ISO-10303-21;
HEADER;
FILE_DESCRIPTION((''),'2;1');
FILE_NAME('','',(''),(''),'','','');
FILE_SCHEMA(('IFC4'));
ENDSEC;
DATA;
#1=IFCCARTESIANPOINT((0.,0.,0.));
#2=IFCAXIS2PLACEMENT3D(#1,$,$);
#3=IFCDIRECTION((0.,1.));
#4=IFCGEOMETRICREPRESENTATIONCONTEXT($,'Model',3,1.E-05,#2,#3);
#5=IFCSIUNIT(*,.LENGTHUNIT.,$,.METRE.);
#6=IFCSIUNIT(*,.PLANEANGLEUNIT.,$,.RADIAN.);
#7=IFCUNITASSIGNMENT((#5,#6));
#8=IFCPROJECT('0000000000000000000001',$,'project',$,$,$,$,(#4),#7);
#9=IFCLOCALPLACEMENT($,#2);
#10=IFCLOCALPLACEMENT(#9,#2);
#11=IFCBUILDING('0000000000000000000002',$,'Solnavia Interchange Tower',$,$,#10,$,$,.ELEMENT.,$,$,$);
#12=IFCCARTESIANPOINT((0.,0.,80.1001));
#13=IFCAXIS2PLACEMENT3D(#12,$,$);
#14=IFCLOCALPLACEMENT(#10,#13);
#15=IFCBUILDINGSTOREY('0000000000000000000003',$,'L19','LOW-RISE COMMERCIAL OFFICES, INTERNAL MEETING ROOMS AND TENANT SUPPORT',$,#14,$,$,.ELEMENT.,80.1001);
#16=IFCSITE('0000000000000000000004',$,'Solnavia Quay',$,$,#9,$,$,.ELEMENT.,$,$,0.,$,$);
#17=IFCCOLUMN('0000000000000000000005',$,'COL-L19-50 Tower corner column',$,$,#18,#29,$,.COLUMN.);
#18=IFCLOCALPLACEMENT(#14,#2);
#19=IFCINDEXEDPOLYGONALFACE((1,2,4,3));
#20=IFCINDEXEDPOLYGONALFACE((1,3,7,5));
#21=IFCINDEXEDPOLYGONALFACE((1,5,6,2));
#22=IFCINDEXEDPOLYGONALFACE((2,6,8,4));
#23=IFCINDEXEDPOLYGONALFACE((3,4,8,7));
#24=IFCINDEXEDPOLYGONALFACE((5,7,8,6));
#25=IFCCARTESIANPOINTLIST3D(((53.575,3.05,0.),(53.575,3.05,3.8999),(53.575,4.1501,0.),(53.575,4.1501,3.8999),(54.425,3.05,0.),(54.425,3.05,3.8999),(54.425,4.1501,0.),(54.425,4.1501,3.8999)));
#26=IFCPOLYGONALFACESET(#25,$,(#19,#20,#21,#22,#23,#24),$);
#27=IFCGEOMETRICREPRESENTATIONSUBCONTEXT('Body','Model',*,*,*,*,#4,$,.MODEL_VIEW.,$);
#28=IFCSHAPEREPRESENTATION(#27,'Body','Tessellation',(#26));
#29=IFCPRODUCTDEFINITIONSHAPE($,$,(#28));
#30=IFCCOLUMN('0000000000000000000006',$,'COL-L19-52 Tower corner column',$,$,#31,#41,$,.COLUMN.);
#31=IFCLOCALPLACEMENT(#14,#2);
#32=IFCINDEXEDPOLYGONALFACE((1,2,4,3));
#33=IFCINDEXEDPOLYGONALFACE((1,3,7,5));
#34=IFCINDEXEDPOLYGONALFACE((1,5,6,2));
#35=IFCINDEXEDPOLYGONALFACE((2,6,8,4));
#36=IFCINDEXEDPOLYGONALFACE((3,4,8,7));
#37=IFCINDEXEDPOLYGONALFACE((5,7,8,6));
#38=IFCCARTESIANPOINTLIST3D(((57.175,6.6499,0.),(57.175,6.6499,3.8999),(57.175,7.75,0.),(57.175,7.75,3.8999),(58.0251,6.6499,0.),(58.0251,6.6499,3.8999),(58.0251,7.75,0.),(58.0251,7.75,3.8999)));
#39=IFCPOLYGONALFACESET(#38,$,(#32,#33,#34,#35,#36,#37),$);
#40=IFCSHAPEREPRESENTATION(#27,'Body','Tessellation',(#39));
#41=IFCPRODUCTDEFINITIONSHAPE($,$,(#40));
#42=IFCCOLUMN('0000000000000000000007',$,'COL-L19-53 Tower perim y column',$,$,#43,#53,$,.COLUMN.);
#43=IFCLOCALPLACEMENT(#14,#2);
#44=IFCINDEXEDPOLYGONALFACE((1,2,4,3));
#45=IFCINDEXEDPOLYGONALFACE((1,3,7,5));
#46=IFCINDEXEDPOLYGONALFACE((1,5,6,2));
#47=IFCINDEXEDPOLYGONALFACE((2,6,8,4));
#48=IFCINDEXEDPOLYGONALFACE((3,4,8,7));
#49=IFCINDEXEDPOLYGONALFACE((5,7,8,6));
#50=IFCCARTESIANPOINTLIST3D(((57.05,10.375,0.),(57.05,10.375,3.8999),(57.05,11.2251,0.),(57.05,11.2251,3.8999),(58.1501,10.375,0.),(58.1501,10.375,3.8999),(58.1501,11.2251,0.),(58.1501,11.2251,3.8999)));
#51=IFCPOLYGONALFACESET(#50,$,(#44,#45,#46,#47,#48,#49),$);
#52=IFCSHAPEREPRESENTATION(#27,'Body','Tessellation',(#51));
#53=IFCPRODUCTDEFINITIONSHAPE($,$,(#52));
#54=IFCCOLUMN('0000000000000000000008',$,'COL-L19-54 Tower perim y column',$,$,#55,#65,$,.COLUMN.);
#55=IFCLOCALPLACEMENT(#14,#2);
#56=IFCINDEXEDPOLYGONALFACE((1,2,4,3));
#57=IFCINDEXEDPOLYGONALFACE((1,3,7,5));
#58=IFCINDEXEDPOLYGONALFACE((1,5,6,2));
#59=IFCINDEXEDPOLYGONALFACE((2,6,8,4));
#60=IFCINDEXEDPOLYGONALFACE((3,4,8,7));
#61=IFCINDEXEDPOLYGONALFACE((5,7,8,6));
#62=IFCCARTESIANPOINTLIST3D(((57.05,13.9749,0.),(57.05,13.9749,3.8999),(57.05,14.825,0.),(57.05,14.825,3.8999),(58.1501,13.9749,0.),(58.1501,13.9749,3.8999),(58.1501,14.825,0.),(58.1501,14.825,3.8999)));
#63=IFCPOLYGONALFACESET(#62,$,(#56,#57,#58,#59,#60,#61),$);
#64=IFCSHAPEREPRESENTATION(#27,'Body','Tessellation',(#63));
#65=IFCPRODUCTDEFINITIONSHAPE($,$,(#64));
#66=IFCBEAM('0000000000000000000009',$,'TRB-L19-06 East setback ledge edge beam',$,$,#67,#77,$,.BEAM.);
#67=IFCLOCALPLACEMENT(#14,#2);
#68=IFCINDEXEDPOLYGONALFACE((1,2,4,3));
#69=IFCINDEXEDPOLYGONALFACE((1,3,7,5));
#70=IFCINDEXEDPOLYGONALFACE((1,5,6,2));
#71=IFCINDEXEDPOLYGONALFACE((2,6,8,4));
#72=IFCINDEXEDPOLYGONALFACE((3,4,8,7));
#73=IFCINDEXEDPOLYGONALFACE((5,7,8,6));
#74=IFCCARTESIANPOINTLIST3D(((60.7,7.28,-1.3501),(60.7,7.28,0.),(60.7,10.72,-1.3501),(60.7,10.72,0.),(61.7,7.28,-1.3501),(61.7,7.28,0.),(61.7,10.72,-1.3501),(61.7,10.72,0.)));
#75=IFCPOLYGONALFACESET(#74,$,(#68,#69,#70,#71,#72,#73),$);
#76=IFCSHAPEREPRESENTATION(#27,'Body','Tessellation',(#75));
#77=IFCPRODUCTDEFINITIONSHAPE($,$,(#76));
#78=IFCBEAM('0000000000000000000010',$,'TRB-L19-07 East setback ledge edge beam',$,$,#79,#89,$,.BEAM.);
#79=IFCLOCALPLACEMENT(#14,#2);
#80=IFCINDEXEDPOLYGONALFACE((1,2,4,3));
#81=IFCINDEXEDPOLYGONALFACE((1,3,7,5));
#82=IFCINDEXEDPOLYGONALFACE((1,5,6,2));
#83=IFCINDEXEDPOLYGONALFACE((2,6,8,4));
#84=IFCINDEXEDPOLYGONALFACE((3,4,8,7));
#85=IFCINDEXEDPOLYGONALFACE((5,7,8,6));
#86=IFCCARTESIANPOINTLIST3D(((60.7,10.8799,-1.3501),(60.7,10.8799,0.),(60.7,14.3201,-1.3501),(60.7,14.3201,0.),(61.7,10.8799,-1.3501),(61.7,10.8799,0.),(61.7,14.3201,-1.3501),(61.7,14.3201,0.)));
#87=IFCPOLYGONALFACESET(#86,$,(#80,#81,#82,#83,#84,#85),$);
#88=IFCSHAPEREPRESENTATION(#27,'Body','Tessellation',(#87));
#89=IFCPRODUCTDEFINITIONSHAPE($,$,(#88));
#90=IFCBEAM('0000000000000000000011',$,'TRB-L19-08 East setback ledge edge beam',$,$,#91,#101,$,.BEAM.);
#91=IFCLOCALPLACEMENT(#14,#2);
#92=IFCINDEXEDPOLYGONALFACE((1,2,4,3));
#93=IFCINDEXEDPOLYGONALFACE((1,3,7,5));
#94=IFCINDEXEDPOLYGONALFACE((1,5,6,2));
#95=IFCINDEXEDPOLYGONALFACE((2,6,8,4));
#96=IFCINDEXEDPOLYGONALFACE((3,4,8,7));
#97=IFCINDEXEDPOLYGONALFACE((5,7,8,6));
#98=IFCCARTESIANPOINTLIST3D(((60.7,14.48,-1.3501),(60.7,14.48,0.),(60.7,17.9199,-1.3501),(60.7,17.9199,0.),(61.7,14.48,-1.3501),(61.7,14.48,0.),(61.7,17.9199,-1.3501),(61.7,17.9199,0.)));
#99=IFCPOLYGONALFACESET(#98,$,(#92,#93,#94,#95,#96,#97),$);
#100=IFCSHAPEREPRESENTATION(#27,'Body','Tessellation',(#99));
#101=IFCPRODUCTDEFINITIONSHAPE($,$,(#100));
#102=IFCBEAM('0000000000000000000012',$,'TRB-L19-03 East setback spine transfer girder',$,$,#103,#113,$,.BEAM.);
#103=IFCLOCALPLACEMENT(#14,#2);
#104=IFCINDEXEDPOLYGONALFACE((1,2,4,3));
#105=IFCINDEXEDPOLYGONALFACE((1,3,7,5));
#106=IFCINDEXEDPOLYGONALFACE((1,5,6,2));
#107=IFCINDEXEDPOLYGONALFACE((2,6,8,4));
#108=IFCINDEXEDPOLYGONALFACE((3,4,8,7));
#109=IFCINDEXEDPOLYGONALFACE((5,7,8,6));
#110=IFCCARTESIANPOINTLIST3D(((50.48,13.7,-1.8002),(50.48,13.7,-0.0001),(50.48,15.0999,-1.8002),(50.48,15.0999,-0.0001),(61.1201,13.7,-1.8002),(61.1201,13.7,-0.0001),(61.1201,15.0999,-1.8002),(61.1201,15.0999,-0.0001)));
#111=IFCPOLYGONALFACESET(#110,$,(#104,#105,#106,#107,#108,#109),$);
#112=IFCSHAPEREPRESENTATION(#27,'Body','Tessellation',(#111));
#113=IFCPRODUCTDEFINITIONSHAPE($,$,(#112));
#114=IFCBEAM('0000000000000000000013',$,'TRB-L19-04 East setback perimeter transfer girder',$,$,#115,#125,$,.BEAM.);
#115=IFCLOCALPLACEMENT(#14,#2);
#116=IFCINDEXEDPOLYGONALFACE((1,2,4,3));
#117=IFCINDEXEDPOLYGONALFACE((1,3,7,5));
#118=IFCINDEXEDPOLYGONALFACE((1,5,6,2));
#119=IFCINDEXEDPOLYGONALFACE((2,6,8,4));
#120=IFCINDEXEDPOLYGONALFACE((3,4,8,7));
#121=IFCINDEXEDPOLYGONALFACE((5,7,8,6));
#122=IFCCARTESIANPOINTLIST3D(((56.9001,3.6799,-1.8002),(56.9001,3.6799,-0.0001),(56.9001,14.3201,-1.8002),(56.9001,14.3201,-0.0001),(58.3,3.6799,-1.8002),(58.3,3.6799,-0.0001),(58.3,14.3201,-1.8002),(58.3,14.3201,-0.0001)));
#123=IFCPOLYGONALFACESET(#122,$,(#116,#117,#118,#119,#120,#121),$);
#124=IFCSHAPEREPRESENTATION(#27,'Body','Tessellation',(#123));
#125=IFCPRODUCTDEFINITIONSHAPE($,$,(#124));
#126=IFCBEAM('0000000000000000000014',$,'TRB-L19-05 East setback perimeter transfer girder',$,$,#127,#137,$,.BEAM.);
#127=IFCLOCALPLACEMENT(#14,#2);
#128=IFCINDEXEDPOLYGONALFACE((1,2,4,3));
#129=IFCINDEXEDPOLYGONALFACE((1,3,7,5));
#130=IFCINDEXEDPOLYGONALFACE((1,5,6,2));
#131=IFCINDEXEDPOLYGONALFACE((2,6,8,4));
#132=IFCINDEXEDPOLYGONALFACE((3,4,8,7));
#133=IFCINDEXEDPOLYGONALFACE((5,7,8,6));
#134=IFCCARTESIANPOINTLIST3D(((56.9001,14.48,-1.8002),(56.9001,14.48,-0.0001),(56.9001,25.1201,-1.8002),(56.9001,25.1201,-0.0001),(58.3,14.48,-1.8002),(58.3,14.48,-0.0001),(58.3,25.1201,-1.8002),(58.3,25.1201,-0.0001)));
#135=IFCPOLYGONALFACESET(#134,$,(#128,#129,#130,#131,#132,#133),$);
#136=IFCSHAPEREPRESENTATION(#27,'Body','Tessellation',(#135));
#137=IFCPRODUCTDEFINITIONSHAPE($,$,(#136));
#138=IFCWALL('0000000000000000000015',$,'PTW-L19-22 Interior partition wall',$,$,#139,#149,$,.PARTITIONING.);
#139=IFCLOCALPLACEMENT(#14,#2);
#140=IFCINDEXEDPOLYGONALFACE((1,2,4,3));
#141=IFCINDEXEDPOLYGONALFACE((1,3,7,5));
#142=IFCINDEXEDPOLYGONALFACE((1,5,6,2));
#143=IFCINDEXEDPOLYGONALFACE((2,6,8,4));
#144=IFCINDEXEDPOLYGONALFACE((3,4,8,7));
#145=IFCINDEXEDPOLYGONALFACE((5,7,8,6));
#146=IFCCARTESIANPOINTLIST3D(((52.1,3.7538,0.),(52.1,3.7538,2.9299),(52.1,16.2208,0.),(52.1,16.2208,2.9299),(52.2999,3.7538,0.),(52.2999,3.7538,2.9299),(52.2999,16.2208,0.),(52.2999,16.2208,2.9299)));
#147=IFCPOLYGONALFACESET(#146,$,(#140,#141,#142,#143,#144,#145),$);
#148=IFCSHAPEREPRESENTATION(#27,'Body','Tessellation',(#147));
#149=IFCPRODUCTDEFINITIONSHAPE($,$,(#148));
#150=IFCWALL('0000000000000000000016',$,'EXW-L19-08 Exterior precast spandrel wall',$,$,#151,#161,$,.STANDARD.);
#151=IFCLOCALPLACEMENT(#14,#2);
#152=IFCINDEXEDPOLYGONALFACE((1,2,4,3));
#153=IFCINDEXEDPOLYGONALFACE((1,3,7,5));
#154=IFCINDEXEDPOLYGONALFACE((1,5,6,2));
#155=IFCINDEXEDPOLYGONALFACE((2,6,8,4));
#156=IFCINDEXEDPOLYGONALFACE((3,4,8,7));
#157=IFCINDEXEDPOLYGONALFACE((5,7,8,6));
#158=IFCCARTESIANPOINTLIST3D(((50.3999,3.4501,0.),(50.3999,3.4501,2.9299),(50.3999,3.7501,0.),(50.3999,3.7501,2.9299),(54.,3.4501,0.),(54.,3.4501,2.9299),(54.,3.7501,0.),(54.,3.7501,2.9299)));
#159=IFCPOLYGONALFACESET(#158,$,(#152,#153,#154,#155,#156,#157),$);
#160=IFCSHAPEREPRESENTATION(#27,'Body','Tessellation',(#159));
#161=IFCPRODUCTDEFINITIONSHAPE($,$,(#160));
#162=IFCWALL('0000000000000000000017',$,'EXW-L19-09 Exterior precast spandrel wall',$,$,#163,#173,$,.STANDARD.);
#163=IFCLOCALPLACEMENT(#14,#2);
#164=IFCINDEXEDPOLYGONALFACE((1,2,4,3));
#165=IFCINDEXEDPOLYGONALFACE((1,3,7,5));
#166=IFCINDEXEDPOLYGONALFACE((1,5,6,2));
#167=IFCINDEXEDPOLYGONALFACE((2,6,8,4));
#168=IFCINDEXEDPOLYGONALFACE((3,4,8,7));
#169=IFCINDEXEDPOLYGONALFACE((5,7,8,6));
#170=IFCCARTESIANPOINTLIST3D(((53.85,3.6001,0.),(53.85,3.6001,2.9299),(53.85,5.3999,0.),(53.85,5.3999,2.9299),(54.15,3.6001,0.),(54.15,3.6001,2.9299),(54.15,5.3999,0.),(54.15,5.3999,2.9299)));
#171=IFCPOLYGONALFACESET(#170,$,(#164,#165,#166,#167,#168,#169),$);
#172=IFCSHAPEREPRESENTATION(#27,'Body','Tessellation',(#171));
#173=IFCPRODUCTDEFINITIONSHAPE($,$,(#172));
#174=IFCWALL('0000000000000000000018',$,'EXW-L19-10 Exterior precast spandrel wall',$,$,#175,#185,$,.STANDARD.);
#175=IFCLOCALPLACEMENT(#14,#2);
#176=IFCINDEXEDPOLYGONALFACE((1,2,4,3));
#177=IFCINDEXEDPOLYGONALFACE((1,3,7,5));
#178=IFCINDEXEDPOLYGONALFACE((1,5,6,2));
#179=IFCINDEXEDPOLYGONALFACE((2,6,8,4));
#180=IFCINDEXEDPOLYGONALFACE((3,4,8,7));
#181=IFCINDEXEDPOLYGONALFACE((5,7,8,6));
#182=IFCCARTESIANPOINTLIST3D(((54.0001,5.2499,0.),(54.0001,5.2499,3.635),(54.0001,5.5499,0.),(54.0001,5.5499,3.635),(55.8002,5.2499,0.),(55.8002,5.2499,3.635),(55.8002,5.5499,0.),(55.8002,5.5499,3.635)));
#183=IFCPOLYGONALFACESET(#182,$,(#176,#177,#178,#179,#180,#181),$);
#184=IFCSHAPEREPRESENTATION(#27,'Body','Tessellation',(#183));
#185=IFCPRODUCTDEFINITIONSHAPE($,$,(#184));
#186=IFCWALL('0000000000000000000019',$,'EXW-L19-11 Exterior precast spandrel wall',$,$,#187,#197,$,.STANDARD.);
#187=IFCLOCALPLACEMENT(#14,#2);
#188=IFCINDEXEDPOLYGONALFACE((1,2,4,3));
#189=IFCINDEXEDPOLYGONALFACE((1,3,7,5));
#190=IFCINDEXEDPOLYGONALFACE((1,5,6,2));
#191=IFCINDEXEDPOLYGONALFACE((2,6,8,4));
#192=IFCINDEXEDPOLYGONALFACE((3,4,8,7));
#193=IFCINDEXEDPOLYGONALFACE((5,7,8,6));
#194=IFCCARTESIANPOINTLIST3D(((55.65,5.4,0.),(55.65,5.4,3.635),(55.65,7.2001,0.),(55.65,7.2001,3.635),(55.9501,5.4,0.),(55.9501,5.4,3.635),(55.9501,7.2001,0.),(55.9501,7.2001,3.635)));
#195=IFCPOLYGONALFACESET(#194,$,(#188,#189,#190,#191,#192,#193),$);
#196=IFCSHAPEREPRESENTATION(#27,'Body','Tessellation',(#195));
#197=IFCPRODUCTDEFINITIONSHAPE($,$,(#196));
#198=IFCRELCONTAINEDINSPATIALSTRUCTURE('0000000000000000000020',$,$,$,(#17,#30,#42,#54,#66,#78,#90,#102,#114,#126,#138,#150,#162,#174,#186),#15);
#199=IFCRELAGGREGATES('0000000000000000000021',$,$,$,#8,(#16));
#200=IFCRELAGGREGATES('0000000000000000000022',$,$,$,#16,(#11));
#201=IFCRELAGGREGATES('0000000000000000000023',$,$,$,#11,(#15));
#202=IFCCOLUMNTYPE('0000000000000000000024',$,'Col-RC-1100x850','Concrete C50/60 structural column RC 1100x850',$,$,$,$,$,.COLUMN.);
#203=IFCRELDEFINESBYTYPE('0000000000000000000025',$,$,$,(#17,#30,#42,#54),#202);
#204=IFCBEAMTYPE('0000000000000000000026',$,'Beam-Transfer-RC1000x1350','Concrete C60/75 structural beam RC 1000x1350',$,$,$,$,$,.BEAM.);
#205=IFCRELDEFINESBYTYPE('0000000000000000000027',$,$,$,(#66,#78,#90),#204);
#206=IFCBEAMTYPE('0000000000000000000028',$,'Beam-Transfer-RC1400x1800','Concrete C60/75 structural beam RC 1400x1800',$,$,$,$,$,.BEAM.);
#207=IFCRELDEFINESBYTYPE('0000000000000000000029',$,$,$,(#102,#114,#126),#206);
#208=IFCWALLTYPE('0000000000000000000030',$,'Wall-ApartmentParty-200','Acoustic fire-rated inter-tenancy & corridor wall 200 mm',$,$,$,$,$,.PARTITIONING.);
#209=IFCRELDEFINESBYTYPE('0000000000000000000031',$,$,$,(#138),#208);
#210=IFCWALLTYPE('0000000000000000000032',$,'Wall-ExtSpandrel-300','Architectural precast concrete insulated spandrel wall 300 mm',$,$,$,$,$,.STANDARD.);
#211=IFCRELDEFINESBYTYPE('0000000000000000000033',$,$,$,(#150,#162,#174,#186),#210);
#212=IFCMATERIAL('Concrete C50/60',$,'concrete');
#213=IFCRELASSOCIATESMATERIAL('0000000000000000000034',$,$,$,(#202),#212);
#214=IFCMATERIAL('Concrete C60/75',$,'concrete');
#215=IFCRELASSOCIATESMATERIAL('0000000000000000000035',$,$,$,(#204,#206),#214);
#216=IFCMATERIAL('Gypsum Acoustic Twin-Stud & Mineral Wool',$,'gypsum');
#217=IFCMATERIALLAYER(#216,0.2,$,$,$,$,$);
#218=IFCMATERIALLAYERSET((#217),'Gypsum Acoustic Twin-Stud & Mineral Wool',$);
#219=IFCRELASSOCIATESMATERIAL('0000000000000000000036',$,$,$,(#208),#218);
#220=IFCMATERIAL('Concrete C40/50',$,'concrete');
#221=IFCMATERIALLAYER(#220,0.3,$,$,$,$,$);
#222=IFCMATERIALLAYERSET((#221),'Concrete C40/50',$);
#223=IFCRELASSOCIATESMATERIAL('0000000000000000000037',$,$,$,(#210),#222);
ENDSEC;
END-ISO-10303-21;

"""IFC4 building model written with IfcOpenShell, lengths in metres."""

from ifc_helpers import new_model, si_unit, direction, frame, frame_2d, origin, origin_2d, place, context, subcontext, project, spatial, rectangle, extrude, material, layer, layer_set, material_profile, profile_set, type_object, element, save


model = new_model("IFC4")

# Units and contexts
model_context = context("Model", 3, precision=1e-05, world=origin(), true_north=direction((0.0, 1.0)))
body_context = subcontext(model_context, "Body", "Model", "MODEL_VIEW")
ifc_project = project(units=[si_unit("LENGTHUNIT", "METRE"), si_unit("PLANEANGLEUNIT", "RADIAN")], contexts=[model_context])

# Site, building, storey
site_placement = place(None, origin())
site = spatial("IfcSite", under=ifc_project, at=site_placement, Name="Solnavia Quay", CompositionType="ELEMENT", RefElevation=0.0)
building_placement = place(site_placement, origin())
building = spatial("IfcBuilding", under=site, at=building_placement, Name="Solnavia Interchange Tower", CompositionType="ELEMENT")
storey_placement = place(building_placement, frame((0.0, 0.0, 80.1001)))
storey = spatial("IfcBuildingStorey", under=building, at=storey_placement, Name="L19", Description="LOW-RISE COMMERCIAL OFFICES, INTERNAL MEETING ROOMS AND TENANT SUPPORT", CompositionType="ELEMENT", Elevation=80.1001)

# Columns
ifc_material_1 = material(Name="Concrete C50/60", Category="concrete")
ifc_material_profile_1 = material_profile(ifc_material_1, rectangle(XDim=0.8501, YDim=1.1001, at=origin_2d()), Name="RC 1100x850")
ifc_profile_set_1 = profile_set([ifc_material_profile_1], Name="Concrete C50/60")
column_type = type_object("IfcColumnType", Name="Col-RC-1100x850", Description="Concrete C50/60 structural column RC 1100x850", PredefinedType="COLUMN", material=ifc_profile_set_1)
for number, where, z_axis, x_axis, name in (
    (1, (54.0, 3.6001, 0.0), (0.0, 0.0, 1.0), (1.0, 0.0, 0.0), "COL-L19-50 Tower corner column"),
    (2, (57.6001, 7.2, 0.0), (0.0, 0.0, 1.0), (1.0, 0.0, 0.0), "COL-L19-52 Tower corner column"),
    (3, (57.6001, 10.8, 0.0), (0.0, 0.0, 1.0), (0.0, 1.0, 0.0), "COL-L19-53 Tower perim y column"),
    (4, (57.6001, 14.3999, 0.0), (0.0, 0.0, 1.0), (0.0, 1.0, 0.0), "COL-L19-54 Tower perim y column"),
):
    element("IfcColumn", number, at=place(storey_placement, frame(where, z_axis=z_axis, x_axis=x_axis)), inside=storey, type_object=column_type, Name=name, PredefinedType="COLUMN", context=body_context, shape_type="SweptSolid", body=[
        extrude(rectangle(XDim=0.8501, YDim=1.1001, at=origin_2d()), origin(), (0.0, 0.0, 1.0), 3.8999),
    ])

# Beams
ifc_material_2 = material(Name="Concrete C60/75", Category="concrete")
ifc_material_profile_2 = material_profile(ifc_material_2, rectangle(XDim=1.0, YDim=1.3501, at=origin_2d()), Name="RC 1000x1350")
ifc_profile_set_2 = profile_set([ifc_material_profile_2], Name="Concrete C60/75")
beam_type_1 = type_object("IfcBeamType", Name="Beam-Transfer-RC1000x1350", Description="Concrete C60/75 structural beam RC 1000x1350", PredefinedType="BEAM", material=ifc_profile_set_2)
beam_1_placement = place(storey_placement, frame((61.2, 7.28, -0.675), z_axis=(0.0, 1.0, 0.0), x_axis=(-1.0, 0.0, 0.0)))
element("IfcBeam", 5, at=beam_1_placement, inside=storey, type_object=beam_type_1, Name="TRB-L19-06 East setback ledge edge beam", PredefinedType="BEAM", context=body_context, shape_type="SweptSolid", body=[
    extrude(rectangle(XDim=1.0, YDim=1.3501, at=origin_2d()), origin(), (0.0, 0.0, 1.0), 3.4399),
])
beam_2_placement = place(storey_placement, frame((61.2, 10.8799, -0.675), z_axis=(0.0, 1.0, 0.0), x_axis=(-1.0, 0.0, 0.0)))
element("IfcBeam", 6, at=beam_2_placement, inside=storey, type_object=beam_type_1, Name="TRB-L19-07 East setback ledge edge beam", PredefinedType="BEAM", context=body_context, shape_type="SweptSolid", body=[
    extrude(rectangle(XDim=1.0, YDim=1.3501, at=origin_2d()), origin(), (0.0, 0.0, 1.0), 3.4402),
])
beam_3_placement = place(storey_placement, frame((61.2, 14.48, -0.675), z_axis=(0.0, 1.0, 0.0), x_axis=(-1.0, 0.0, 0.0)))
element("IfcBeam", 7, at=beam_3_placement, inside=storey, type_object=beam_type_1, Name="TRB-L19-08 East setback ledge edge beam", PredefinedType="BEAM", context=body_context, shape_type="SweptSolid", body=[
    extrude(rectangle(XDim=1.0, YDim=1.3501, at=origin_2d()), origin(), (0.0, 0.0, 1.0), 3.4399),
])
ifc_material_profile_3 = material_profile(ifc_material_2, rectangle(XDim=1.3999, YDim=1.8, at=origin_2d()), Name="RC 1400x1800")
ifc_profile_set_3 = profile_set([ifc_material_profile_3], Name="Concrete C60/75")
beam_type_2 = type_object("IfcBeamType", Name="Beam-Transfer-RC1400x1800", Description="Concrete C60/75 structural beam RC 1400x1800", PredefinedType="BEAM", material=ifc_profile_set_3)
for number, where, z_axis, x_axis, name in (
    (8, (50.48, 14.3999, -0.9001), (1.0, 0.0, 0.0), (0.0, 1.0, 0.0), "TRB-L19-03 East setback spine transfer girder"),
    (9, (57.6001, 3.6799, -0.9001), (0.0, 1.0, 0.0), (-1.0, 0.0, 0.0), "TRB-L19-04 East setback perimeter transfer girder"),
    (10, (57.6001, 14.48, -0.9001), (0.0, 1.0, 0.0), (-1.0, 0.0, 0.0), "TRB-L19-05 East setback perimeter transfer girder"),
):
    element("IfcBeam", number, at=place(storey_placement, frame(where, z_axis=z_axis, x_axis=x_axis)), inside=storey, type_object=beam_type_2, Name=name, PredefinedType="BEAM", context=body_context, shape_type="SweptSolid", body=[
        extrude(rectangle(XDim=1.3999, YDim=1.8, at=origin_2d()), origin(), (0.0, 0.0, 1.0), 10.6401),
    ])

# Walls
ifc_material_3 = material(Name="Gypsum Acoustic Twin-Stud & Mineral Wool", Category="gypsum")
ifc_layer_1 = layer(ifc_material_3, 0.2)
ifc_layer_set_1 = layer_set([ifc_layer_1], Name="Gypsum Acoustic Twin-Stud & Mineral Wool")
wall_type_1 = type_object("IfcWallType", Name="Wall-ApartmentParty-200", Description="Acoustic fire-rated inter-tenancy & corridor wall 200 mm", PredefinedType="PARTITIONING", material=ifc_layer_set_1)
wall_1_placement = place(storey_placement, frame((52.2, 3.7539, 0.0), z_axis=(0.0, 0.0, 1.0), x_axis=(0.0, 1.0, 0.0)))
element("IfcWall", 11, at=wall_1_placement, inside=storey, type_object=wall_type_1, Name="PTW-L19-22 Interior partition wall", PredefinedType="PARTITIONING", context=body_context, shape_type="SweptSolid", body=[
    extrude(rectangle(XDim=12.467, YDim=0.2, at=frame_2d((6.2334, 0.0))), origin(), (0.0, 0.0, 1.0), 2.9299),
])
ifc_material_4 = material(Name="Concrete C40/50", Category="concrete")
ifc_layer_2 = layer(ifc_material_4, 0.3)
ifc_layer_set_2 = layer_set([ifc_layer_2], Name="Concrete C40/50")
wall_type_2 = type_object("IfcWallType", Name="Wall-ExtSpandrel-300", Description="Architectural precast concrete insulated spandrel wall 300 mm", PredefinedType="STANDARD", material=ifc_layer_set_2)
wall_2_placement = place(storey_placement, frame((54.0, 3.6001, 0.0), z_axis=(0.0, 0.0, 1.0), x_axis=(-1.0, 0.0, 0.0)))
element("IfcWall", 12, at=wall_2_placement, inside=storey, type_object=wall_type_2, Name="EXW-L19-08 Exterior precast spandrel wall", PredefinedType="STANDARD", context=body_context, shape_type="SweptSolid", body=[
    extrude(rectangle(XDim=3.6001, YDim=0.3, at=frame_2d((1.8, 0.0))), origin(), (0.0, 0.0, 1.0), 2.9299),
])
wall_3_placement = place(storey_placement, frame((54.0, 5.3999, 0.0), z_axis=(0.0, 0.0, 1.0), x_axis=(0.0, -1.0, 0.0)))
element("IfcWall", 13, at=wall_3_placement, inside=storey, type_object=wall_type_2, Name="EXW-L19-09 Exterior precast spandrel wall", PredefinedType="STANDARD", context=body_context, shape_type="SweptSolid", body=[
    extrude(rectangle(XDim=1.7998, YDim=0.3, at=frame_2d((0.8999, 0.0))), origin(), (0.0, 0.0, 1.0), 2.9299),
])
for number, where, z_axis, x_axis, name in (
    (14, (55.8, 5.3999, 0.0), (0.0, 0.0, 1.0), (-1.0, 0.0, 0.0), "EXW-L19-10 Exterior precast spandrel wall"),
    (15, (55.8, 7.2, 0.0), (0.0, 0.0, 1.0), (0.0, -1.0, 0.0), "EXW-L19-11 Exterior precast spandrel wall"),
):
    element("IfcWall", number, at=place(storey_placement, frame(where, z_axis=z_axis, x_axis=x_axis)), inside=storey, type_object=wall_type_2, Name=name, PredefinedType="STANDARD", context=body_context, shape_type="SweptSolid", body=[
        extrude(rectangle(XDim=1.8, YDim=0.3, at=frame_2d((0.8999, 0.0))), origin(), (0.0, 0.0, 1.0), 3.635),
    ])

save(model, "model.ifc")
